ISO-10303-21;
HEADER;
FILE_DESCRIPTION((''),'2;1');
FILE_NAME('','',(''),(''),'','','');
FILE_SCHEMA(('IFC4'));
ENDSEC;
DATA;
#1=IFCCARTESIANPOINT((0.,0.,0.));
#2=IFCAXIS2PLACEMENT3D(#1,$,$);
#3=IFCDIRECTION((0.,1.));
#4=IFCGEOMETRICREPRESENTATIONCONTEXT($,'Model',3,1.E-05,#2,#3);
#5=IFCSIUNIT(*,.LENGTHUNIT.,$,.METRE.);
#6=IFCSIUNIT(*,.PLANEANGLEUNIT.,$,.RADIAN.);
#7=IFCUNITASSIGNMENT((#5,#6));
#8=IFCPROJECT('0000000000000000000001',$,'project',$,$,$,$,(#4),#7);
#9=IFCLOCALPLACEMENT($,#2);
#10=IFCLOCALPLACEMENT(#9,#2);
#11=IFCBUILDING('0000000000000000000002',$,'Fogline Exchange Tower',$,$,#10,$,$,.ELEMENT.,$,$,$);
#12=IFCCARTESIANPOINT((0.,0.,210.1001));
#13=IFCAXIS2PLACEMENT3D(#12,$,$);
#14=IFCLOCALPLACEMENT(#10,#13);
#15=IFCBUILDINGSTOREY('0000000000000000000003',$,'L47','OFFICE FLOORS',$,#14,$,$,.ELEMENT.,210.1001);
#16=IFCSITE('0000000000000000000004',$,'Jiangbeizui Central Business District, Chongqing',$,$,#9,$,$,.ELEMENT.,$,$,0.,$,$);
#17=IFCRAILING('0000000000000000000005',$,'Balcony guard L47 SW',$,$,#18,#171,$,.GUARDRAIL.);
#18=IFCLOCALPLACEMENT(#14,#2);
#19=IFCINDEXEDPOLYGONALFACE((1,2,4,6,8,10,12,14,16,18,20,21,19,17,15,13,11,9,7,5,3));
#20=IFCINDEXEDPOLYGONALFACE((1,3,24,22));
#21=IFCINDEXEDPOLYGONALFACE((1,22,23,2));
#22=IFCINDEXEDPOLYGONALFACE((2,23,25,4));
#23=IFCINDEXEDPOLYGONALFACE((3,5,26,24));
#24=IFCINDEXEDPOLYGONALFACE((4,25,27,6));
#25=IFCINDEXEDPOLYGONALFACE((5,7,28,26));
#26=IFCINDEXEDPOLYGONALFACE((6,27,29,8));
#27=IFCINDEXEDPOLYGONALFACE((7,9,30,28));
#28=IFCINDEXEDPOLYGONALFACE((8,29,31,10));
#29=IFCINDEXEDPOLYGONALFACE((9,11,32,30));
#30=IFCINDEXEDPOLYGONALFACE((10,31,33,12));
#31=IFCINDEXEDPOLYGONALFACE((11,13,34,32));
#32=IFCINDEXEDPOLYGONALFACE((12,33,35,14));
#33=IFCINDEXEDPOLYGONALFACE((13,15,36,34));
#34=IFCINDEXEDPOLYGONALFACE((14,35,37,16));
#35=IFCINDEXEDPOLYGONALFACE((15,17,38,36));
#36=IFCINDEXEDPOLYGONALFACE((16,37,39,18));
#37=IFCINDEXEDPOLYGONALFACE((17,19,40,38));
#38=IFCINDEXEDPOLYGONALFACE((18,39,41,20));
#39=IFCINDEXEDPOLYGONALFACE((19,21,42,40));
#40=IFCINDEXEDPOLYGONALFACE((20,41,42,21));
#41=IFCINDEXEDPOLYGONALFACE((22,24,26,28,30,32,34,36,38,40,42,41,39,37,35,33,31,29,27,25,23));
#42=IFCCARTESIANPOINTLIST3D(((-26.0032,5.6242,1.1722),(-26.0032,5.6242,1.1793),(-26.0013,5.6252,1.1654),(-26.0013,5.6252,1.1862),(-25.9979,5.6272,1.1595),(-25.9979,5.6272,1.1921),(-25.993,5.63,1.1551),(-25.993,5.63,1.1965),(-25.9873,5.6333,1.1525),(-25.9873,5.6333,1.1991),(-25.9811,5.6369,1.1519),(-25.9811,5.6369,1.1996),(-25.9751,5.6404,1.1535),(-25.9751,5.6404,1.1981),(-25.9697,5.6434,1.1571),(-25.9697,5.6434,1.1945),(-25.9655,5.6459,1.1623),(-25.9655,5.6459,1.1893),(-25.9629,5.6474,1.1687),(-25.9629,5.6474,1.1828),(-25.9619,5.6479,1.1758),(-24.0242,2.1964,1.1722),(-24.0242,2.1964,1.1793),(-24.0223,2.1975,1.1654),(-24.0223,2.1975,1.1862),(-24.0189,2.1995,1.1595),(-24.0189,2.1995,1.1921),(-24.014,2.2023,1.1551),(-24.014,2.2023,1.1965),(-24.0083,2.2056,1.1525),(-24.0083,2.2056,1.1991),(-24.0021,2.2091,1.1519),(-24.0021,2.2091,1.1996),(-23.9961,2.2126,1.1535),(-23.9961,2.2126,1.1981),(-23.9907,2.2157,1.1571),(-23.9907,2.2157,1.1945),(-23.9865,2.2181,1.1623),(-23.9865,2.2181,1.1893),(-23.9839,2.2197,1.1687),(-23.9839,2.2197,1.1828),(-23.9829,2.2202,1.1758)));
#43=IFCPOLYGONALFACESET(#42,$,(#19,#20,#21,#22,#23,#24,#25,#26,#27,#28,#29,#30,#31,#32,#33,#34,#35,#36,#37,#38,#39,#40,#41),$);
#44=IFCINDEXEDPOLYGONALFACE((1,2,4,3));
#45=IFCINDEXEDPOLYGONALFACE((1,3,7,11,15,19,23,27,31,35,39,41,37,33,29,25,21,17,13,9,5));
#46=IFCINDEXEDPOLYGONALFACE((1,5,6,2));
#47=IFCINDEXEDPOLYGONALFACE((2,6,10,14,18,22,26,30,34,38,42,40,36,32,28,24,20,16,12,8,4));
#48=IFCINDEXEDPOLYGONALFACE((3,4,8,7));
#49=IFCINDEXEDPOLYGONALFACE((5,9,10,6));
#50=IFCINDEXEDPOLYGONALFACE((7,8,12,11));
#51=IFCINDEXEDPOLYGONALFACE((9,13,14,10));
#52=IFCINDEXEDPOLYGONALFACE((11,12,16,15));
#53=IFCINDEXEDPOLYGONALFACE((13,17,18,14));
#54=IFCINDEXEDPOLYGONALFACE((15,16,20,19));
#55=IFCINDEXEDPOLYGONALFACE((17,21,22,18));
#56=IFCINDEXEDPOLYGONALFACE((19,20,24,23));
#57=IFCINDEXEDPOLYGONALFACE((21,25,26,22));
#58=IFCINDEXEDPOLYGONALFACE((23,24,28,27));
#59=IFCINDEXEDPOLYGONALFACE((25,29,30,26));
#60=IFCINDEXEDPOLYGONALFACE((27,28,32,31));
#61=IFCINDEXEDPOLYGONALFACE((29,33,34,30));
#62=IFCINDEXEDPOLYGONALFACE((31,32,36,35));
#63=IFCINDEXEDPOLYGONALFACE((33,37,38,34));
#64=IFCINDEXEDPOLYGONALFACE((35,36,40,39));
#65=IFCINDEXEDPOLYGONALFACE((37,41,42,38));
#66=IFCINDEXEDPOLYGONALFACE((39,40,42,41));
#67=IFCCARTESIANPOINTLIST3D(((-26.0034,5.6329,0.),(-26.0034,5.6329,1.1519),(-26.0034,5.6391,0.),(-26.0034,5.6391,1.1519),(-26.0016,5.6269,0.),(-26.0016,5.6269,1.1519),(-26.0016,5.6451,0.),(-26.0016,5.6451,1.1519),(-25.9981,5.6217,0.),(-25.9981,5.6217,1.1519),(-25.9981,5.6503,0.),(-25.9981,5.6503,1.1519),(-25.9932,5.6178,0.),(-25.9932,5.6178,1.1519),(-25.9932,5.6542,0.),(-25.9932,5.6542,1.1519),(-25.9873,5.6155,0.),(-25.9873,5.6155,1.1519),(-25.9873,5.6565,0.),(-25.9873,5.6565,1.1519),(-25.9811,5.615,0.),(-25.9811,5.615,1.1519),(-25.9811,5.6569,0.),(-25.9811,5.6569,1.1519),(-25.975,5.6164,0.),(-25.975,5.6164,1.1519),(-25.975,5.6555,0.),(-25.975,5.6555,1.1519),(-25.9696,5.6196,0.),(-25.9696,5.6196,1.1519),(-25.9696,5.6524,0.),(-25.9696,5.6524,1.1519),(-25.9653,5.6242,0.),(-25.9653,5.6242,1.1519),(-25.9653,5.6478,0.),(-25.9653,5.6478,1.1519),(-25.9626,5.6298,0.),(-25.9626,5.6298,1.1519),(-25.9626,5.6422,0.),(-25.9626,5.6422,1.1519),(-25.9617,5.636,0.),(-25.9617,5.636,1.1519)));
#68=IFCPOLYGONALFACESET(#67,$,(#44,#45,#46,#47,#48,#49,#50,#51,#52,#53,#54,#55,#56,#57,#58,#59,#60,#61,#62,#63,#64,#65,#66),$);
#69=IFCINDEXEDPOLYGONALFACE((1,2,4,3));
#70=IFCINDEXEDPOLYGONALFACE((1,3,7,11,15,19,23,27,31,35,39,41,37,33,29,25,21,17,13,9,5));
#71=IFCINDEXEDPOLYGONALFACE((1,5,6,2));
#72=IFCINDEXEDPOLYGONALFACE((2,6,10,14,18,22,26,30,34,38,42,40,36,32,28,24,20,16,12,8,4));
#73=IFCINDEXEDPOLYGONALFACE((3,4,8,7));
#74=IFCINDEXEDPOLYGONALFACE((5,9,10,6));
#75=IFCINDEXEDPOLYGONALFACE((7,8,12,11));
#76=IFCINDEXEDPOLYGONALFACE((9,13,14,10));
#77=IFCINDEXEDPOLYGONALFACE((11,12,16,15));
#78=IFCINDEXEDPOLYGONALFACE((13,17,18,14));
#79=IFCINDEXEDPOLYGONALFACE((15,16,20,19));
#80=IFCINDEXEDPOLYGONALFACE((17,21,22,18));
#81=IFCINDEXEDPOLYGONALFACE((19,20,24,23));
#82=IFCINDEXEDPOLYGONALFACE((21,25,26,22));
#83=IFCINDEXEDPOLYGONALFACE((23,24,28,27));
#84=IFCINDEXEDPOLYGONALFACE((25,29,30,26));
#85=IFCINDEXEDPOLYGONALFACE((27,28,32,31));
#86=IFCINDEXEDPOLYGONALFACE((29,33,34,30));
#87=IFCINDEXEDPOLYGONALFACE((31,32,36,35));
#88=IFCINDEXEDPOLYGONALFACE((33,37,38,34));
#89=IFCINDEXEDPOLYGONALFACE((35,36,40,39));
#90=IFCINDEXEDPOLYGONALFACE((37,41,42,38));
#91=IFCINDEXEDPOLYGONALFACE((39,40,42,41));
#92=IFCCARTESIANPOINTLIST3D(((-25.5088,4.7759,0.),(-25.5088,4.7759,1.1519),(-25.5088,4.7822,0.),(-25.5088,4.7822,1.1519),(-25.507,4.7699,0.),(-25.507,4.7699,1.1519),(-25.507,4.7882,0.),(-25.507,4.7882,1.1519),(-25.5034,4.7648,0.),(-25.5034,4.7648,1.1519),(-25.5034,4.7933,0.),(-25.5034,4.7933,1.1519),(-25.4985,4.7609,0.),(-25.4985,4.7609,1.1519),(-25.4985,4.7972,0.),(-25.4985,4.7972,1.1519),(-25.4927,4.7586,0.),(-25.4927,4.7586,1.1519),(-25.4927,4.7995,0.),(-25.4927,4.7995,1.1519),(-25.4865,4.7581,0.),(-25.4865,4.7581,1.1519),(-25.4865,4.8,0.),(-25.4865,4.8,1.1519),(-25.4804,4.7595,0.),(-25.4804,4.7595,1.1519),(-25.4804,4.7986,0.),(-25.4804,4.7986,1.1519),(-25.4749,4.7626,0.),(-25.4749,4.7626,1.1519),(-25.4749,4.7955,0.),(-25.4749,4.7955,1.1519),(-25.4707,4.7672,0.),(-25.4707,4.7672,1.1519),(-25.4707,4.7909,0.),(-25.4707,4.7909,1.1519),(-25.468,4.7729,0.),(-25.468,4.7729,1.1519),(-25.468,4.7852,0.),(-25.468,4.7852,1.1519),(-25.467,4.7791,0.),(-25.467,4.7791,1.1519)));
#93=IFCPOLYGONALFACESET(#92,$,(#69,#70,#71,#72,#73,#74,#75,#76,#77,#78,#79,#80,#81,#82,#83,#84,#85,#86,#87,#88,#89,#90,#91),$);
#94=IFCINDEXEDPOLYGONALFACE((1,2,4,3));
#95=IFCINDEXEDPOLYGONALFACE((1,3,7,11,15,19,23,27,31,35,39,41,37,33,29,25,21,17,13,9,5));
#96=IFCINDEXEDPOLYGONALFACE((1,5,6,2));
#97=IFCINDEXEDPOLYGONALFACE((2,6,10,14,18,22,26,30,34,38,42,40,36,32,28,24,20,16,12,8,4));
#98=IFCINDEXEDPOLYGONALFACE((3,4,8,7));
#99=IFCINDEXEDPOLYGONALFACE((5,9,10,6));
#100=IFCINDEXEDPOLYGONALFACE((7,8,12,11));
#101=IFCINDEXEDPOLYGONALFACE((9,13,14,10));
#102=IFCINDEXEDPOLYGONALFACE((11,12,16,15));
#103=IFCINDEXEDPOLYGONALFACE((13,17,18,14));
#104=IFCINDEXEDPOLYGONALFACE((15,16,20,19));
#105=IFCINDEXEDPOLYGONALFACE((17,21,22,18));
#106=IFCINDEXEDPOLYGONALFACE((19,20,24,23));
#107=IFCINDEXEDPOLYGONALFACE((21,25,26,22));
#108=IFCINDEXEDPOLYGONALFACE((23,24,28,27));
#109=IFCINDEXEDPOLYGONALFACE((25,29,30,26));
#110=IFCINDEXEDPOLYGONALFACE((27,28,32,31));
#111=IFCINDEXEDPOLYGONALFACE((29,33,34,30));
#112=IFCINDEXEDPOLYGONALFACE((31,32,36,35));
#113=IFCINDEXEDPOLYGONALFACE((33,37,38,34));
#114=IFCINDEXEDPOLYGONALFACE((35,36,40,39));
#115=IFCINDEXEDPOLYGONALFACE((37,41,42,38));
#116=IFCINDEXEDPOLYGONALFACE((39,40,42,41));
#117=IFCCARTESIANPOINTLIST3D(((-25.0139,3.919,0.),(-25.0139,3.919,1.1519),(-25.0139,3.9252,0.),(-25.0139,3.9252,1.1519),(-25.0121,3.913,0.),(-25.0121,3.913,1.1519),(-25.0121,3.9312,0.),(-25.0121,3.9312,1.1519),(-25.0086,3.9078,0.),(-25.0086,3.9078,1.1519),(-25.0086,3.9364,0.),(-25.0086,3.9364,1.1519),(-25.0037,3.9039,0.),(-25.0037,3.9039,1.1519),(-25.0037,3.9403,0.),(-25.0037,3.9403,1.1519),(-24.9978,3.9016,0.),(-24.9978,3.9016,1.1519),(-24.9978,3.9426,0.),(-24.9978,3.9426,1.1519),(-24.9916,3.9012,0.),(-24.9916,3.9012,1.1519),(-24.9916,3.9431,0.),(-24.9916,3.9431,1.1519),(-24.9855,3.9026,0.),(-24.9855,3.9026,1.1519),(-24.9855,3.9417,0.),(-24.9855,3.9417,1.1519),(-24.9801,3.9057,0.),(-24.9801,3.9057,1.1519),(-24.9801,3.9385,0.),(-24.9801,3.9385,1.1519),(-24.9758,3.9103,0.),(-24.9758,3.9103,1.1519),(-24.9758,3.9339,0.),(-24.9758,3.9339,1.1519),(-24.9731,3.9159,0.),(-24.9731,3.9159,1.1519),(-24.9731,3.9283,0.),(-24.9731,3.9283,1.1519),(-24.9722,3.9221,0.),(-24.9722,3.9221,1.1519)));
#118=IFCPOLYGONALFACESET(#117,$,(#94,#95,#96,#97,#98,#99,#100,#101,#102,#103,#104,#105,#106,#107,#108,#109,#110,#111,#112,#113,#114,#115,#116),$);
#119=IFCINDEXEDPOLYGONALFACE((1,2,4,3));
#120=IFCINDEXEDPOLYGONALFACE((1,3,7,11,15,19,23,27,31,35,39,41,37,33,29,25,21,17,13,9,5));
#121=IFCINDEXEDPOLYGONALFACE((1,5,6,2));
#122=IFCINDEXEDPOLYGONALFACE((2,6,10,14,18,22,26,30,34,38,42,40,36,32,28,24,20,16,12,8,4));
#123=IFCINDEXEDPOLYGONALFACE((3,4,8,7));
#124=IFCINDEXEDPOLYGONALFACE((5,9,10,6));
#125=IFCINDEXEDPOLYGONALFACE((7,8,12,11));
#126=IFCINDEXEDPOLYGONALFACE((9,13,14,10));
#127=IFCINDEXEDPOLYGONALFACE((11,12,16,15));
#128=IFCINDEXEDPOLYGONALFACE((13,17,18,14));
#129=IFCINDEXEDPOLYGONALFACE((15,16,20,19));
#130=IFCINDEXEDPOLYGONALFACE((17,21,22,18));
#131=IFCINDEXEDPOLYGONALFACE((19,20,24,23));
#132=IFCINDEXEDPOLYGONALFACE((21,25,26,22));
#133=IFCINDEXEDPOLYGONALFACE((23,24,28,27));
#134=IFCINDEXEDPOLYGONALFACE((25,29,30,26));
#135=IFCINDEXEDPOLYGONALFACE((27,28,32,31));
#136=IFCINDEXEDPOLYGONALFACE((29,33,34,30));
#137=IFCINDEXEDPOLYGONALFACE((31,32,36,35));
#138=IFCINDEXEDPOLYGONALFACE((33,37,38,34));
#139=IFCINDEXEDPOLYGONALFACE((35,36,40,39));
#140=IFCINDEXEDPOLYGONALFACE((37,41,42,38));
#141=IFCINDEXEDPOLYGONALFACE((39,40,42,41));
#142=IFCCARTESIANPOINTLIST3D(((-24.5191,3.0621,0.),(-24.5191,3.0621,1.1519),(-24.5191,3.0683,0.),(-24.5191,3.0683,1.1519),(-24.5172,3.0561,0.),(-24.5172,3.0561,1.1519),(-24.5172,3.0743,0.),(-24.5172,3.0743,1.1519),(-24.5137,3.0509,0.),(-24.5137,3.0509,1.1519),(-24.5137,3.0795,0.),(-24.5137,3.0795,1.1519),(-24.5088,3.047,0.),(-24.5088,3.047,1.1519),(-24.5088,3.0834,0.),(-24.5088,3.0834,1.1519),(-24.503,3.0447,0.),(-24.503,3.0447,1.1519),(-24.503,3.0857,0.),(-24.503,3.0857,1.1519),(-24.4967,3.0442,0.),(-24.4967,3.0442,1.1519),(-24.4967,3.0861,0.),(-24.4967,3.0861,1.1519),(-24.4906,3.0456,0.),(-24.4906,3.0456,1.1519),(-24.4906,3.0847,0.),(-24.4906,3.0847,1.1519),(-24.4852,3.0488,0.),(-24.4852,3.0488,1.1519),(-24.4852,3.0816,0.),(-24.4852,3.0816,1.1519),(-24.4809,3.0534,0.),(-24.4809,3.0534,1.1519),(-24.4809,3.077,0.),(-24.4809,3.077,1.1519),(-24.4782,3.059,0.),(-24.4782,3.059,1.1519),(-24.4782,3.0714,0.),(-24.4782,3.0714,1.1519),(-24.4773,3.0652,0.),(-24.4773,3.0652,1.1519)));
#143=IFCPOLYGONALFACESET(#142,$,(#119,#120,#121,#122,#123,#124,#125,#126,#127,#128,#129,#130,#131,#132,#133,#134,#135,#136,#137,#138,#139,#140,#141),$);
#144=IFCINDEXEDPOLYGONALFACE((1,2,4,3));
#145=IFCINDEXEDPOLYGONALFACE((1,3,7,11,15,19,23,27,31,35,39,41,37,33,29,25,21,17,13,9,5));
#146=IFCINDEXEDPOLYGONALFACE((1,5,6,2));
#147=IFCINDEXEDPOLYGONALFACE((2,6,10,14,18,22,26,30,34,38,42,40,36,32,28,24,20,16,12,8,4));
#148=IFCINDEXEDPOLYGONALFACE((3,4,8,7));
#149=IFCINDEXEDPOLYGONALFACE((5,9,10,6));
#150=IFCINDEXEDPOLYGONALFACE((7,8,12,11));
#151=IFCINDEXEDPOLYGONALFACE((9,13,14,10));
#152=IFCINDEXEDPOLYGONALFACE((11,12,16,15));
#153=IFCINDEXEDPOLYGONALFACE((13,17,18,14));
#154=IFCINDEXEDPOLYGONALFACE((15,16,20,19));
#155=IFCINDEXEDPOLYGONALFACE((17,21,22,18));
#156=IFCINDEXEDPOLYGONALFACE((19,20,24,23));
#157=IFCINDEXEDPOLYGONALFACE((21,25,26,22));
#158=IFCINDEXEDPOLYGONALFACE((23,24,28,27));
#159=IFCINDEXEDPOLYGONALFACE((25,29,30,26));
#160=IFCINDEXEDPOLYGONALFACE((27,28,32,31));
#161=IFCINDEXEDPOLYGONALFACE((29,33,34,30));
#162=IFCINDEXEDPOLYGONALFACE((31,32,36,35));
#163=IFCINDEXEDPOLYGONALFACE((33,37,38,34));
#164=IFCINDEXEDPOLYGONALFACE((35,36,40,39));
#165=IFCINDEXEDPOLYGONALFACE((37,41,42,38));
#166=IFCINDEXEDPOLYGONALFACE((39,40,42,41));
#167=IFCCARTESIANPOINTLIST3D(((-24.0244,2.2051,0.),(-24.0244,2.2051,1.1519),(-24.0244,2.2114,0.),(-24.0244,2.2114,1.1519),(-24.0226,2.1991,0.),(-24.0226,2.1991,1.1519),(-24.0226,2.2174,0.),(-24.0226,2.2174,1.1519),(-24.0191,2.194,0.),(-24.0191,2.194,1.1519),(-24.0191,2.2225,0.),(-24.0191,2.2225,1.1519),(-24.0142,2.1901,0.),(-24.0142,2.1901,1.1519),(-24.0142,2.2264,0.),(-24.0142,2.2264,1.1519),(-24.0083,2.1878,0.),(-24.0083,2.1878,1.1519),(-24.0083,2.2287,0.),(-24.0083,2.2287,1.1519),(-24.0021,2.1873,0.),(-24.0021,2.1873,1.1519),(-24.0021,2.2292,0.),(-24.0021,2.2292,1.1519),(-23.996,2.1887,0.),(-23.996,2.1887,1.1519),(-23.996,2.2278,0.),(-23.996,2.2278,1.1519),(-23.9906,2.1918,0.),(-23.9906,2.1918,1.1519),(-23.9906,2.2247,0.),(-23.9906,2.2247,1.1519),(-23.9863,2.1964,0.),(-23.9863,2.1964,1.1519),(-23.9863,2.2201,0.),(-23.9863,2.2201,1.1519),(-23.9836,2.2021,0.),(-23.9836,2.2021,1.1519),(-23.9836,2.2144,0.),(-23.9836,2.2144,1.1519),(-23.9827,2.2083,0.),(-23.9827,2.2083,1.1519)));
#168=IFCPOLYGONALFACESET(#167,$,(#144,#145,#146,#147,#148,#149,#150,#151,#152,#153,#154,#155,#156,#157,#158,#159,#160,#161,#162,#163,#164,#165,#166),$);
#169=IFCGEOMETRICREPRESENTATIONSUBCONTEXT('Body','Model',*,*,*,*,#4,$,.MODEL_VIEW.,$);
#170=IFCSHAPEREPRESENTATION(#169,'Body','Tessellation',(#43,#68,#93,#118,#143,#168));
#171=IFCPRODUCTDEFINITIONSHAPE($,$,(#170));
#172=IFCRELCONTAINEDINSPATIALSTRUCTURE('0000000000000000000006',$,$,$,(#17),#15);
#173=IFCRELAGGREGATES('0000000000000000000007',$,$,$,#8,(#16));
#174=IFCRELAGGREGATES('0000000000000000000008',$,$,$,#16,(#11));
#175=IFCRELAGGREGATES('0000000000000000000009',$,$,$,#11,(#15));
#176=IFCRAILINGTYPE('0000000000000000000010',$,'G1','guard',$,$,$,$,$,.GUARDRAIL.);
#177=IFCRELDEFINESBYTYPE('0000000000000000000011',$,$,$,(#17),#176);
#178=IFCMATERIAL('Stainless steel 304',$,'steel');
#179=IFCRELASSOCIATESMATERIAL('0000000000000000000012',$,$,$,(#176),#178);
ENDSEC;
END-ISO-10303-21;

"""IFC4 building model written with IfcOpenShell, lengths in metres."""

from ifc_helpers import new_model, si_unit, direction, frame, origin, origin_2d, place, context, subcontext, project, spatial, circle, extrude, material, type_object, element, save


model = new_model("IFC4")

# Units and contexts
model_context = context("Model", 3, precision=1e-05, world=origin(), true_north=direction((0.0, 1.0)))
body_context = subcontext(model_context, "Body", "Model", "MODEL_VIEW")
ifc_project = project(units=[si_unit("LENGTHUNIT", "METRE"), si_unit("PLANEANGLEUNIT", "RADIAN")], contexts=[model_context])

# Site, building, storey
site_placement = place(None, origin())
site = spatial("IfcSite", under=ifc_project, at=site_placement, Name="Jiangbeizui Central Business District, Chongqing", CompositionType="ELEMENT", RefElevation=0.0)
building_placement = place(site_placement, origin())
building = spatial("IfcBuilding", under=site, at=building_placement, Name="Fogline Exchange Tower", CompositionType="ELEMENT")
storey_placement = place(building_placement, frame((0.0, 0.0, 210.1001)))
storey = spatial("IfcBuildingStorey", under=building, at=storey_placement, Name="L47", Description="OFFICE FLOORS", CompositionType="ELEMENT", Elevation=210.1001)

# Railing
ifc_material_1 = material(Name="Stainless steel 304", Category="steel")
railing_type = type_object("IfcRailingType", Name="G1", Description="guard", PredefinedType="GUARDRAIL", material=ifc_material_1)
railing_placement = place(storey_placement, frame((-25.9827, 5.636, 0.0)))
element("IfcRailing", 1, at=railing_placement, inside=storey, type_object=railing_type, Name="Balcony guard L47 SW", PredefinedType="GUARDRAIL", context=body_context, shape_type="SweptSolid", body=[
    extrude(circle(Radius=0.0239, at=origin_2d()), frame((0.0, 0.0, 1.1758), z_axis=(0.5, -0.866025, 0.0), x_axis=(0.866025, 0.5, 0.0)), (0.0, 0.0, 1.0), 3.958),
    extrude(circle(Radius=0.021, at=origin_2d()), origin(), (0.0, 0.0, 1.0), 1.1519),
    extrude(circle(Radius=0.021, at=origin_2d()), frame((0.4946, -0.8569, 0.0)), (0.0, 0.0, 1.0), 1.1519),
    extrude(circle(Radius=0.021, at=origin_2d()), frame((0.9895, -1.7139, 0.0)), (0.0, 0.0, 1.0), 1.1519),
    extrude(circle(Radius=0.021, at=origin_2d()), frame((1.4844, -2.5708, 0.0)), (0.0, 0.0, 1.0), 1.1519),
    extrude(circle(Radius=0.021, at=origin_2d()), frame((1.979, -3.4277, 0.0)), (0.0, 0.0, 1.0), 1.1519),
])

save(model, "model.ifc")
